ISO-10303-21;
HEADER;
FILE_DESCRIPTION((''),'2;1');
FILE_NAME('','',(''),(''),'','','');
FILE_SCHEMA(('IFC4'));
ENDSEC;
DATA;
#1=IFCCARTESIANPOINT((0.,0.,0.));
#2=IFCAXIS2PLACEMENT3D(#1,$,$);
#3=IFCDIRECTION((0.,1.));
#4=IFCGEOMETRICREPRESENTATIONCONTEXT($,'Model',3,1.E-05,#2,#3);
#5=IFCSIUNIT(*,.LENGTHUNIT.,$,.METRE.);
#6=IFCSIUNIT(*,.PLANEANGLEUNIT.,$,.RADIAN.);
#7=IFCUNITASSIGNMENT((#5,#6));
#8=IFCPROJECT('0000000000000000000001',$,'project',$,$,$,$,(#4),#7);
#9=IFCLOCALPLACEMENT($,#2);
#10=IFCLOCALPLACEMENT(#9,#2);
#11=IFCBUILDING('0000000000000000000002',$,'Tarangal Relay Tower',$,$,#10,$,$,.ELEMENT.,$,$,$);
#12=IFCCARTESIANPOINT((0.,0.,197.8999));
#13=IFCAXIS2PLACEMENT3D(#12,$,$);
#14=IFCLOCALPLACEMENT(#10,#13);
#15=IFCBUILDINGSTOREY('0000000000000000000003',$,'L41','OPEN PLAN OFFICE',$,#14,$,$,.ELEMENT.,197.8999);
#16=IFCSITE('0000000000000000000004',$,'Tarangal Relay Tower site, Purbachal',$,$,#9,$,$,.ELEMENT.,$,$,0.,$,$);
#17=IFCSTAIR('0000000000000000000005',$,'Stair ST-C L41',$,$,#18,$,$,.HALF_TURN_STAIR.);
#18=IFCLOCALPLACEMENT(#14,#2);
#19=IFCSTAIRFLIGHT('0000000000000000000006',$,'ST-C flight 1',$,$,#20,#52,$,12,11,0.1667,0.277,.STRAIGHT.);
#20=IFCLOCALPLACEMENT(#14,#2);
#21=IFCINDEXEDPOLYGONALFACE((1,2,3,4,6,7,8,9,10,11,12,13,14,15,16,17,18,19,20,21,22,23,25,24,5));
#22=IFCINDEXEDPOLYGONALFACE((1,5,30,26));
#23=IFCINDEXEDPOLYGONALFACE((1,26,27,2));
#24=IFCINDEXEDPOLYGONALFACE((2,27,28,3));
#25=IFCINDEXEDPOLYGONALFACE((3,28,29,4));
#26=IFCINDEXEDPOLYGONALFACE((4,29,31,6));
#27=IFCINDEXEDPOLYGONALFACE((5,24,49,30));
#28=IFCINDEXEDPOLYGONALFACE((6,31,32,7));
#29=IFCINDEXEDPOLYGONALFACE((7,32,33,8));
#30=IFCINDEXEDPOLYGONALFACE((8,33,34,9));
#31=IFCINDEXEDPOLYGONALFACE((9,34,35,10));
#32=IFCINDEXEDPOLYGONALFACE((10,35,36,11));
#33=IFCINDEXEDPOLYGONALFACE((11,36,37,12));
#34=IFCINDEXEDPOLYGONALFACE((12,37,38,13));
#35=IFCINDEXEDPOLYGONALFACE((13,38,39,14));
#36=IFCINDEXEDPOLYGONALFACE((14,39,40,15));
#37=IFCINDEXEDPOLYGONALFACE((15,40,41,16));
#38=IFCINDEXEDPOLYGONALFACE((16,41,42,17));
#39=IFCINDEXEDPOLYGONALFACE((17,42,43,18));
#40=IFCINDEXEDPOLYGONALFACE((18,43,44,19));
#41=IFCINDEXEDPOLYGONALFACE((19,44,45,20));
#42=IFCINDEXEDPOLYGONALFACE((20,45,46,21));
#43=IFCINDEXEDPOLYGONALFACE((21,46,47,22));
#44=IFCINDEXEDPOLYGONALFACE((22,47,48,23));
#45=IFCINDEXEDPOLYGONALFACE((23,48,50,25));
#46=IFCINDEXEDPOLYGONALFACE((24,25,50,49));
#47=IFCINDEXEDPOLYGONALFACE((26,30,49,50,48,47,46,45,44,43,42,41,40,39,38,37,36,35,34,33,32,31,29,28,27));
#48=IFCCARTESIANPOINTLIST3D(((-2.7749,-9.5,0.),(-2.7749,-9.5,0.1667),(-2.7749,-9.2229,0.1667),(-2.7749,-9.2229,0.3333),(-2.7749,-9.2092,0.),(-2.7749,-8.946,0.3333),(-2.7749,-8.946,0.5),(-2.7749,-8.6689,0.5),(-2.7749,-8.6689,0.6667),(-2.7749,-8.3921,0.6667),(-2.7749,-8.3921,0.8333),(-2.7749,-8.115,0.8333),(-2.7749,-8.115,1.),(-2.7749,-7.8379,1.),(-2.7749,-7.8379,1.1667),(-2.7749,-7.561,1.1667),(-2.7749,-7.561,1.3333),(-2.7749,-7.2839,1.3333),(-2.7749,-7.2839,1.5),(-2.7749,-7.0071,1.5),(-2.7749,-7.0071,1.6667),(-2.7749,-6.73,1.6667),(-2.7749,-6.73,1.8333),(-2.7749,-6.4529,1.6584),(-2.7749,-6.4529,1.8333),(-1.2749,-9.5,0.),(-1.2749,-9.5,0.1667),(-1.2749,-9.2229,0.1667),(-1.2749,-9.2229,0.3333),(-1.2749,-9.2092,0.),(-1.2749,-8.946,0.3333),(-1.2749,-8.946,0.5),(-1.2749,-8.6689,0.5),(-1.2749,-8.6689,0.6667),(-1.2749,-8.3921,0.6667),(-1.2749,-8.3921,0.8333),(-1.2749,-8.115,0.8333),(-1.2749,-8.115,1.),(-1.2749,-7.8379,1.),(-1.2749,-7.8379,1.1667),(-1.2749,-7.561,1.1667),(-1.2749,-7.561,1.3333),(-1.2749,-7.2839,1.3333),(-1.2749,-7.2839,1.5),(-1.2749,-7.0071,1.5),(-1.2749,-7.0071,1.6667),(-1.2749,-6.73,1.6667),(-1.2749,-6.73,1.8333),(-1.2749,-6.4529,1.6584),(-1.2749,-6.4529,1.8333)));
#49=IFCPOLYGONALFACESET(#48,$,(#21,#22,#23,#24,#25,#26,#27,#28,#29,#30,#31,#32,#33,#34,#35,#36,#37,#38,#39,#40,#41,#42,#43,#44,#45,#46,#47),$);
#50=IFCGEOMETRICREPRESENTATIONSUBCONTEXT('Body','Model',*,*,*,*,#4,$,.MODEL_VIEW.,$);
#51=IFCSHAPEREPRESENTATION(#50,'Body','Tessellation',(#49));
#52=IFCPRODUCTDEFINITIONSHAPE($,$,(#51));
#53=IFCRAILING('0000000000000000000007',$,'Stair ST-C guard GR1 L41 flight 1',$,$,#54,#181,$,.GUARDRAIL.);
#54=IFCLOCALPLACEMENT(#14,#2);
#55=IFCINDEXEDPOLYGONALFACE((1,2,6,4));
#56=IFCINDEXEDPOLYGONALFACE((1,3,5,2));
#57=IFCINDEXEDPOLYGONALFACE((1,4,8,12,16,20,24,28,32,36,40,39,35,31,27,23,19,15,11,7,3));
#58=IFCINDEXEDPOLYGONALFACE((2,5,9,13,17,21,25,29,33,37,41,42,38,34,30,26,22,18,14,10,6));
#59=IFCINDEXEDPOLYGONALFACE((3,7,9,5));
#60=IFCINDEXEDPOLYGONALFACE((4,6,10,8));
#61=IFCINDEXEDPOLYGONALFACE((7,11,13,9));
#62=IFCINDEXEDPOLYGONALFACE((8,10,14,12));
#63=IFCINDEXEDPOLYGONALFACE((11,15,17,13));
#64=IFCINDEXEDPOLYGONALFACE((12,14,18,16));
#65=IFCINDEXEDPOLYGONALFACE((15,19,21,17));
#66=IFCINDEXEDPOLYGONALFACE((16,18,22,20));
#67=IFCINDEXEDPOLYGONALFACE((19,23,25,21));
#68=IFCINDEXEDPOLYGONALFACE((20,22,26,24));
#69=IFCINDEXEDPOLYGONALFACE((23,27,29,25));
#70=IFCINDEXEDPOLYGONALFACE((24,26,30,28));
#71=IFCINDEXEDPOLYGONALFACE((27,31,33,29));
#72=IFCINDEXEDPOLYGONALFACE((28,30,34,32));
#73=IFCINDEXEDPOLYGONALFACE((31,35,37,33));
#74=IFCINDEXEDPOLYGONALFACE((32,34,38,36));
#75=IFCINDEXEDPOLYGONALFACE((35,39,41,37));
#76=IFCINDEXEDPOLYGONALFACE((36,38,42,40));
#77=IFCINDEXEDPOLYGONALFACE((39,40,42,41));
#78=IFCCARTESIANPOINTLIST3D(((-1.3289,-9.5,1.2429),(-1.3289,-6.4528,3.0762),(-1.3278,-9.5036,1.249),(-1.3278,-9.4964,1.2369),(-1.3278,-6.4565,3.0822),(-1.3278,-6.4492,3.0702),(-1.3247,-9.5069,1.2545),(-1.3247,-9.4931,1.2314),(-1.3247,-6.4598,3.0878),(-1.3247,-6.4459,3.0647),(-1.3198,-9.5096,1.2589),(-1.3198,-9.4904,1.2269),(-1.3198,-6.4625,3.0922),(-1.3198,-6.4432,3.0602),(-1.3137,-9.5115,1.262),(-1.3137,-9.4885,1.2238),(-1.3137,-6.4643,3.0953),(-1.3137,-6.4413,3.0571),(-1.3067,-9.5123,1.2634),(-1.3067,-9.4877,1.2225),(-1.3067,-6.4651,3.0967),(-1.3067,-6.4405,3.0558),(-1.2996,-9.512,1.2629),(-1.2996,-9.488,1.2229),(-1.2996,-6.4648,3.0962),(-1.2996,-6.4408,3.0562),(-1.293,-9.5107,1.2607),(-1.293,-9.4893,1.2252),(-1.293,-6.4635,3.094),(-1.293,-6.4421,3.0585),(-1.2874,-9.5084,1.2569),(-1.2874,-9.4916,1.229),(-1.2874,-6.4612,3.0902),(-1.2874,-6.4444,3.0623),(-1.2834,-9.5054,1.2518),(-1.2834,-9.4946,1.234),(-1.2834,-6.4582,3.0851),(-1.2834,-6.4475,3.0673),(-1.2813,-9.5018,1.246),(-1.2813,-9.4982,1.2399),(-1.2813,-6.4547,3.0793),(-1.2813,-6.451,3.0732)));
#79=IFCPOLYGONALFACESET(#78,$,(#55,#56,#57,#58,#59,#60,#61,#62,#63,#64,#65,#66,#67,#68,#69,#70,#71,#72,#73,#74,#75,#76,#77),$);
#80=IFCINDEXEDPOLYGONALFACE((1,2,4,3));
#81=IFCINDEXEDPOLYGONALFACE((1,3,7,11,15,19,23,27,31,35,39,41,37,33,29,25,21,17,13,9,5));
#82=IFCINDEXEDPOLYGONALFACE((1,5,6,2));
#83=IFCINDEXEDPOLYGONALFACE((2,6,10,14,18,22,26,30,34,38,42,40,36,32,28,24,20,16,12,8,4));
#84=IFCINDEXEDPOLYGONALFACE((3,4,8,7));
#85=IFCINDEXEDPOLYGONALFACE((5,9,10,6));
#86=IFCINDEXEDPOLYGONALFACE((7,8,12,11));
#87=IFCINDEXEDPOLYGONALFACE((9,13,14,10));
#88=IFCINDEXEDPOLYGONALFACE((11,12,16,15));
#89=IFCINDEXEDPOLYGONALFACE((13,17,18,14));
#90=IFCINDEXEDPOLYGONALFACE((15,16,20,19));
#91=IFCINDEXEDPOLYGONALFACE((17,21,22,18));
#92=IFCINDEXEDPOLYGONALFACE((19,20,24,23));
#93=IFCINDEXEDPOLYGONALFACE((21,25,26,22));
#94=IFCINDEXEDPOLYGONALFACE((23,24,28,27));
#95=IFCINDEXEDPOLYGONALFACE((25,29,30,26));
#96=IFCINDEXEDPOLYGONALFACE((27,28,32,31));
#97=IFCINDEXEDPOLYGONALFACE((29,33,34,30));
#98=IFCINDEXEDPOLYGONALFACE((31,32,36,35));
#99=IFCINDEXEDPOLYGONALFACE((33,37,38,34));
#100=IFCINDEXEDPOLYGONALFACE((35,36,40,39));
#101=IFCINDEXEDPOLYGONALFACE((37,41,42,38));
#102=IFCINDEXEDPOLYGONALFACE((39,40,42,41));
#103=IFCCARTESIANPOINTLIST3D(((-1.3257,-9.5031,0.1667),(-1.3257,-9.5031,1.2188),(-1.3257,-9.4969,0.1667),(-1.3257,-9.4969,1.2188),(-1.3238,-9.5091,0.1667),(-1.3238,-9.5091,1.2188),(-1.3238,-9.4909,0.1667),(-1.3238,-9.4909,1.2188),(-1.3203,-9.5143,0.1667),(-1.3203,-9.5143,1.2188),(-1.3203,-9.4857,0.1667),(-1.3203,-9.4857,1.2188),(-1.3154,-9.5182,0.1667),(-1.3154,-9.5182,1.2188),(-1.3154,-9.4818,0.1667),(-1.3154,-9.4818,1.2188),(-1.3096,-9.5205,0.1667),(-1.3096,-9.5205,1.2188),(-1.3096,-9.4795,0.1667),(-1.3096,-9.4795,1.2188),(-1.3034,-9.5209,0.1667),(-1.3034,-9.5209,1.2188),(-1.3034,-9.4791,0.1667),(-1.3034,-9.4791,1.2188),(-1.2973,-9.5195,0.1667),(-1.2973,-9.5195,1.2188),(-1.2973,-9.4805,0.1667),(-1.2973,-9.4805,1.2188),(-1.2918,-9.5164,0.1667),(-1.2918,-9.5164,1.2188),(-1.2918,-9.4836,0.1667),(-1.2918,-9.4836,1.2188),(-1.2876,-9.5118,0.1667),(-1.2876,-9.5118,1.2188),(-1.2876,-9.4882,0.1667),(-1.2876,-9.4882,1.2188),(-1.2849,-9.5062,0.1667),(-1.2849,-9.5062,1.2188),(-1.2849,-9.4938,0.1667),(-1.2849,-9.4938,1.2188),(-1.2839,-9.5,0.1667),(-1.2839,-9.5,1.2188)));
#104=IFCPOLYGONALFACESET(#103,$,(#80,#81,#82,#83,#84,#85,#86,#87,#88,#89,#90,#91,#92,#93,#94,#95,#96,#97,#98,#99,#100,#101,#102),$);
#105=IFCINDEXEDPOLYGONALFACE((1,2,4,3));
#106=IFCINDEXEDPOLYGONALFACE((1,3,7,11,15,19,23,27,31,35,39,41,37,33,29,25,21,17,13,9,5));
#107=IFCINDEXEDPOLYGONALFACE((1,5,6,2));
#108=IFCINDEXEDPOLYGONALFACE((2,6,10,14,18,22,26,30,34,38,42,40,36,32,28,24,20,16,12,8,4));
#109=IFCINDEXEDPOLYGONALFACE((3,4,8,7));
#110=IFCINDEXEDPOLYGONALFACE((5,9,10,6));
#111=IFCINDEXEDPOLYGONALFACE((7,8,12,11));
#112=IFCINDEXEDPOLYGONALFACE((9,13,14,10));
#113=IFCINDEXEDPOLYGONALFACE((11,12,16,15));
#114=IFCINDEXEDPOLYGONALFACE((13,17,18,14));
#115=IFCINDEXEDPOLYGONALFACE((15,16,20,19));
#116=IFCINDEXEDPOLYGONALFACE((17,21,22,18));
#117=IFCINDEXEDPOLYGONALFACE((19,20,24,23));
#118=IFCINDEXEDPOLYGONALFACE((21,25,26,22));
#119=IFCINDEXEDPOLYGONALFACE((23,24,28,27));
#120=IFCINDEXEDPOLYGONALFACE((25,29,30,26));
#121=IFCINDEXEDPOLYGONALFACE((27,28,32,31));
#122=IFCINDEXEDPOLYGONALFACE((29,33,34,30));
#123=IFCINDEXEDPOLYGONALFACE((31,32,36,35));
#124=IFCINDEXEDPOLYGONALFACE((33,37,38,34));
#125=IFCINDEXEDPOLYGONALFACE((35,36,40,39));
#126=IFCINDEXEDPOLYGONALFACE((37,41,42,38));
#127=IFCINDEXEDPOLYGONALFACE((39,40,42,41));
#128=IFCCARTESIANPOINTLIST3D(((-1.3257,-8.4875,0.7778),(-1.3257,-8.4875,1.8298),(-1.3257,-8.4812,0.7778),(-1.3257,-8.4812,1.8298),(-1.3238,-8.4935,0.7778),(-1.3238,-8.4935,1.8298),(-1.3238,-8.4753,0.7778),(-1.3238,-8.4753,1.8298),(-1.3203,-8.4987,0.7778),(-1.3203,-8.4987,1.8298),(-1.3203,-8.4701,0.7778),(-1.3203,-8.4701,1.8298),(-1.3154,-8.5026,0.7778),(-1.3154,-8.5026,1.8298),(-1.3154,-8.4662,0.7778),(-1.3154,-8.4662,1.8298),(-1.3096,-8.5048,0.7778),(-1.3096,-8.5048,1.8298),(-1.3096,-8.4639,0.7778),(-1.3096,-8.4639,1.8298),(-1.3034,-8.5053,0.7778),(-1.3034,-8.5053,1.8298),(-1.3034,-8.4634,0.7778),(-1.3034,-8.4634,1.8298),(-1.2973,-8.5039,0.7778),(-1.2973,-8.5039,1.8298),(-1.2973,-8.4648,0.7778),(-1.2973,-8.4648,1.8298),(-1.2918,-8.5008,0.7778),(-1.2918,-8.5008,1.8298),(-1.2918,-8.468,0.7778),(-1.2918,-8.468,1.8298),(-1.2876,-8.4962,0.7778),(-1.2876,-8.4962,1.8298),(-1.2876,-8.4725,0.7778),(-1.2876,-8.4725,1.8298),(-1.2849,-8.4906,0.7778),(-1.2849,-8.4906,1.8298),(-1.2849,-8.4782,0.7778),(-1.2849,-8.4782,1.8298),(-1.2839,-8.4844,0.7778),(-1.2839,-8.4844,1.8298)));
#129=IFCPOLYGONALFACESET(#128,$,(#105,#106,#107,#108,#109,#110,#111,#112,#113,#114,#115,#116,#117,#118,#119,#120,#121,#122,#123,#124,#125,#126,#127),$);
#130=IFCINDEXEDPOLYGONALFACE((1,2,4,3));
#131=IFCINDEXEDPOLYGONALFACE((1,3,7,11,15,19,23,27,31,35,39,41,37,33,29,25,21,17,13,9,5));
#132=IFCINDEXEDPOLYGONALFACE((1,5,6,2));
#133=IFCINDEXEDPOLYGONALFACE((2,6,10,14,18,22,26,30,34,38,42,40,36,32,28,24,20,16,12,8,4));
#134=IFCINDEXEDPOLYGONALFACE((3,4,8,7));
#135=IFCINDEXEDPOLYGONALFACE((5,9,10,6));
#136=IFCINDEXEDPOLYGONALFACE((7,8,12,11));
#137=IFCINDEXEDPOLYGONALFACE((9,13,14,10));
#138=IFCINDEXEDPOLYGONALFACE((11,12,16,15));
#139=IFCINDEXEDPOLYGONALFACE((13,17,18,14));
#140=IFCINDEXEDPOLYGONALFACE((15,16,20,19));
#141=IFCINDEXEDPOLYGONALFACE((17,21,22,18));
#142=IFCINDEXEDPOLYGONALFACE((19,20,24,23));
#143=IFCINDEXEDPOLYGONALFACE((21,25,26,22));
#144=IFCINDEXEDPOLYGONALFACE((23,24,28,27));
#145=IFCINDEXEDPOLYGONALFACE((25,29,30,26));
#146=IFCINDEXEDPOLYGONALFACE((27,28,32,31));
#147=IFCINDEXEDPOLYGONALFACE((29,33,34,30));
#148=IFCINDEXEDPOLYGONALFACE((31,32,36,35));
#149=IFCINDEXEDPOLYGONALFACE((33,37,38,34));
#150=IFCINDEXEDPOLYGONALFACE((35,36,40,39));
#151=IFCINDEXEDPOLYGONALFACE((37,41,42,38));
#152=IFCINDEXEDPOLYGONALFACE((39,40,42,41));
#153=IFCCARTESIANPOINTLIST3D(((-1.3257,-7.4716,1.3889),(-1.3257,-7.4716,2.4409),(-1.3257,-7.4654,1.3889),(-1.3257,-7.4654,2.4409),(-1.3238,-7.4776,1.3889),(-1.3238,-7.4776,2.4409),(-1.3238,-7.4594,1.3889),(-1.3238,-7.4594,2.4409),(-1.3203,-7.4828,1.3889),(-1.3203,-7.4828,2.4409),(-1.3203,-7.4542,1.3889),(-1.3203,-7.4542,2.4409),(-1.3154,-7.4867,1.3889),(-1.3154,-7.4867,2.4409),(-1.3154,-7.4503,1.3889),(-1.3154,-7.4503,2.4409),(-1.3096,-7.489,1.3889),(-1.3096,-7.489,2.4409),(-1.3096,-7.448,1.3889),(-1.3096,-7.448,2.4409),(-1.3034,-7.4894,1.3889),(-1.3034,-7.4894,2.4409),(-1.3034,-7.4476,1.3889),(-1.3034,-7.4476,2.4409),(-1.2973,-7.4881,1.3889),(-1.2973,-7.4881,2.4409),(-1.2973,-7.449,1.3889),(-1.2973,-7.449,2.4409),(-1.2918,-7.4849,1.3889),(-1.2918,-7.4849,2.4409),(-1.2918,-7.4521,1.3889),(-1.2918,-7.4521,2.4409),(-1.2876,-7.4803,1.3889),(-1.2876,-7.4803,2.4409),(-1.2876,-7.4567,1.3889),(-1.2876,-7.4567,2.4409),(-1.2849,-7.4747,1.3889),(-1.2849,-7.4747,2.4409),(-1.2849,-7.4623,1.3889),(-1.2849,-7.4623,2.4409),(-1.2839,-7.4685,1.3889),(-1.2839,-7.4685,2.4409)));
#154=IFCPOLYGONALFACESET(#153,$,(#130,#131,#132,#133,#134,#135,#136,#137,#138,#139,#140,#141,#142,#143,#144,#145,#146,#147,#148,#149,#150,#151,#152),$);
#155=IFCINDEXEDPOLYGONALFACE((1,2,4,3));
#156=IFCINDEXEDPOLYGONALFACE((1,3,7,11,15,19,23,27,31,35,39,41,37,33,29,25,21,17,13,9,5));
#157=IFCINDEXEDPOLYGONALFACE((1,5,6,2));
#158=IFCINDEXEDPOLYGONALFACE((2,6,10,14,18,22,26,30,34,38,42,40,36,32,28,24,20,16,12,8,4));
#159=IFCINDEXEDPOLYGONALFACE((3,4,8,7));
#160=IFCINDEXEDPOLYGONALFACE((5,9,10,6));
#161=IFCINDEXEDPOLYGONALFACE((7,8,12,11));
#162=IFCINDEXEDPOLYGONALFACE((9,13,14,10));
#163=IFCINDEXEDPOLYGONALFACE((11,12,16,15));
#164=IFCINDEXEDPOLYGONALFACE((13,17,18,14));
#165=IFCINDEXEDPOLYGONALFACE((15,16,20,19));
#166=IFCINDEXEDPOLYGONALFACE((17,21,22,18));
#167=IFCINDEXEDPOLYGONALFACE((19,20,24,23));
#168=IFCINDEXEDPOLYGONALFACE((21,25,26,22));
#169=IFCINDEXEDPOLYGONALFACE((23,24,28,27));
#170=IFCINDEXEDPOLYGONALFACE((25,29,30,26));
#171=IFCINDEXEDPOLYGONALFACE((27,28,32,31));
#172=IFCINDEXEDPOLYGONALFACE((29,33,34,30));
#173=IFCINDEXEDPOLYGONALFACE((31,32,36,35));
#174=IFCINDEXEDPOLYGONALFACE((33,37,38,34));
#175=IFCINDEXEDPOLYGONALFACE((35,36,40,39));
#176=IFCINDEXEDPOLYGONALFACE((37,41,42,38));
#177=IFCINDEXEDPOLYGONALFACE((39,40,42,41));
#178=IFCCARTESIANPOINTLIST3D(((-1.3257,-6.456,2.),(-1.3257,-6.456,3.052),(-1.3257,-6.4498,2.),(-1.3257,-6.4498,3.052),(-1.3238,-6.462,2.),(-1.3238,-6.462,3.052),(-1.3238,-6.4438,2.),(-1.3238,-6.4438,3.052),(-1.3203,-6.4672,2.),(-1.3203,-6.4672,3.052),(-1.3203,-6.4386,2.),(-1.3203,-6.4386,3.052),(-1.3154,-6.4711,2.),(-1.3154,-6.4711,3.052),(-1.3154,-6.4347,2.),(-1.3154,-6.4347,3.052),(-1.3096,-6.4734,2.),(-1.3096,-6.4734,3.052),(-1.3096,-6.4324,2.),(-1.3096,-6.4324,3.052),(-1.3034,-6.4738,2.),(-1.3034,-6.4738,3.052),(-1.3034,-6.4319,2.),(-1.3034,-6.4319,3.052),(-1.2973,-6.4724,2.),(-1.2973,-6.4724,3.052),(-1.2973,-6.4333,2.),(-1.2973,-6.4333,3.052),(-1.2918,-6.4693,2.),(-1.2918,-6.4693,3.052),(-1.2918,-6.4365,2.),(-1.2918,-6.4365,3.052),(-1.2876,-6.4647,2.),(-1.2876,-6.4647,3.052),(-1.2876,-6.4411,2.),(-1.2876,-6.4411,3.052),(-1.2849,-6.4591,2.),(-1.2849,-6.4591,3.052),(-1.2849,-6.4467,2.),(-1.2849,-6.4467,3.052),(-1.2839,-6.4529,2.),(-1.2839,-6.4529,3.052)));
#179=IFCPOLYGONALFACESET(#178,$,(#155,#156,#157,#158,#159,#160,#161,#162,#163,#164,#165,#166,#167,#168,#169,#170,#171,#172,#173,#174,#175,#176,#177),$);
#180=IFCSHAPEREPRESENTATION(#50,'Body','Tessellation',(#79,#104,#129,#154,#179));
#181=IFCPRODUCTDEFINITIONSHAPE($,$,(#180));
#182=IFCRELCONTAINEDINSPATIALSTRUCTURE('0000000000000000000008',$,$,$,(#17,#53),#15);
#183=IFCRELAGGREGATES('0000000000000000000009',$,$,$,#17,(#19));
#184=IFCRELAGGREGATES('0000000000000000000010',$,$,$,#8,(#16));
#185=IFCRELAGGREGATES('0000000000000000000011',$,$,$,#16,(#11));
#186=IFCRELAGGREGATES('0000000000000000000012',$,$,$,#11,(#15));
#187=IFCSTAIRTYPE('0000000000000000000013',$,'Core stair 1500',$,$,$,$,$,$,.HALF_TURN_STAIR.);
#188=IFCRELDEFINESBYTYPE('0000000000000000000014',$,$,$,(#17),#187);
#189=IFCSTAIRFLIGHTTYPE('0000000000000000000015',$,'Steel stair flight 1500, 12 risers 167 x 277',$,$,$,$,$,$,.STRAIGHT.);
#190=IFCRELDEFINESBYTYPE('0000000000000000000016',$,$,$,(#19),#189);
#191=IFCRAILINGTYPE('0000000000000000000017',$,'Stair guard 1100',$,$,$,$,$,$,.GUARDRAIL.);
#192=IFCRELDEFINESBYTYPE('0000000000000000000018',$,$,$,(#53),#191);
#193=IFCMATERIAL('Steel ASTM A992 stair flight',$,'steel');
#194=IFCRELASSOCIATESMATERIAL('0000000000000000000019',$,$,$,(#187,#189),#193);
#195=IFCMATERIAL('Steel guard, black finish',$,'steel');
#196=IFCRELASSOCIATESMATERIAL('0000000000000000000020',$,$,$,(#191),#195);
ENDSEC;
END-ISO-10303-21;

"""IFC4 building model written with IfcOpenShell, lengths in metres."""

from ifc_helpers import new_model, si_unit, direction, frame, origin, origin_2d, place, context, subcontext, project, spatial, polyline, circle, outline, extrude, material, type_object, element, aggregate, save


model = new_model("IFC4")

# Units and contexts
model_context = context("Model", 3, precision=1e-05, world=origin(), true_north=direction((0.0, 1.0)))
body_context = subcontext(model_context, "Body", "Model", "MODEL_VIEW")
ifc_project = project(units=[si_unit("LENGTHUNIT", "METRE"), si_unit("PLANEANGLEUNIT", "RADIAN")], contexts=[model_context])

# Site, building, storey
site_placement = place(None, origin())
site = spatial("IfcSite", under=ifc_project, at=site_placement, Name="Tarangal Relay Tower site, Purbachal", CompositionType="ELEMENT", RefElevation=0.0)
building_placement = place(site_placement, origin())
building = spatial("IfcBuilding", under=site, at=building_placement, Name="Tarangal Relay Tower", CompositionType="ELEMENT")
storey_placement = place(building_placement, frame((0.0, 0.0, 197.8999)))
storey = spatial("IfcBuildingStorey", under=building, at=storey_placement, Name="L41", Description="OPEN PLAN OFFICE", CompositionType="ELEMENT", Elevation=197.8999)

# Stair, stair flight
ifc_material_1 = material(Name="Steel ASTM A992 stair flight", Category="steel")
stair_type = type_object("IfcStairType", Name="Core stair 1500", PredefinedType="HALF_TURN_STAIR", material=ifc_material_1)
stair_placement = place(storey_placement, origin())
stair = element("IfcStair", 1, at=stair_placement, inside=storey, type_object=stair_type, Name="Stair ST-C L41", PredefinedType="HALF_TURN_STAIR")
stair_flight_type = type_object("IfcStairFlightType", Name="Steel stair flight 1500, 12 risers 167 x 277", PredefinedType="STRAIGHT", material=ifc_material_1)
stair_flight_placement = place(storey_placement, frame((-2.0249, -9.5, 0.0), z_axis=(0.0, 0.0, 1.0), x_axis=(0.0, 1.0, 0.0)))
stair_flight = element("IfcStairFlight", 2, at=stair_flight_placement, type_object=stair_flight_type, Name="ST-C flight 1", NumberOfRisers=12, NumberOfTreads=11, PredefinedType="STRAIGHT", RiserHeight=0.1667, TreadLength=0.277, context=body_context, shape_type="SweptSolid", body=[
    extrude(outline(polyline([(0.0, 0.0), (0.0, 0.1667), (0.2771, 0.1667), (0.2771, 0.3333), (0.554, 0.3333), (0.554, 0.5), (0.8311, 0.5), (0.8311, 0.6667), (1.1079, 0.6667), (1.1079, 0.8333), (1.385, 0.8333), (1.385, 1.0), (1.6621, 1.0), (1.6621, 1.1667), (1.939, 1.1667), (1.939, 1.3333), (2.2161, 1.3333), (2.2161, 1.5), (2.4929, 1.5), (2.4929, 1.6667), (2.77, 1.6667), (2.77, 1.8333), (3.0471, 1.8333), (3.0471, 2.0), (3.0471, 1.6584), (0.2908, 0.0), (0.0, 0.0)])), frame((0.0, 0.75, 0.0), z_axis=(0.0, -1.0, 0.0), x_axis=(1.0, 0.0, 0.0)), (0.0, 0.0, 1.0), 1.5),
])
aggregate(stair, [stair_flight])

# Railing
ifc_material_2 = material(Name="Steel guard, black finish", Category="steel")
railing_type_1 = type_object("IfcRailingType", Name="Stair guard 1100", PredefinedType="GUARDRAIL", material=ifc_material_2)
railing_1_placement = place(storey_placement, frame((-1.3049, -9.5, 0.1667)))
element("IfcRailing", 3, at=railing_1_placement, inside=storey, type_object=railing_type_1, Name="Stair ST-C guard GR1 L41 flight 1", PredefinedType="GUARDRAIL", context=body_context, shape_type="SweptSolid", body=[
    extrude(circle(Radius=0.0239, at=origin_2d()), frame((0.0, 0.0, 1.0762), z_axis=(0.0, 0.856874, 0.515525), x_axis=(-1.0, 0.0, 0.0)), (0.0, 0.0, 1.0), 3.5562),
    extrude(circle(Radius=0.021, at=origin_2d()), origin(), (0.0, 0.0, 1.0), 1.052),
    extrude(circle(Radius=0.021, at=origin_2d()), frame((0.0, 1.0156, 0.6111)), (0.0, 0.0, 1.0), 1.052),
    extrude(circle(Radius=0.021, at=origin_2d()), frame((0.0, 2.0315, 1.2222)), (0.0, 0.0, 1.0), 1.052),
    extrude(circle(Radius=0.021, at=origin_2d()), frame((0.0, 3.0471, 1.8333)), (0.0, 0.0, 1.0), 1.052),
])

save(model, "model.ifc")
